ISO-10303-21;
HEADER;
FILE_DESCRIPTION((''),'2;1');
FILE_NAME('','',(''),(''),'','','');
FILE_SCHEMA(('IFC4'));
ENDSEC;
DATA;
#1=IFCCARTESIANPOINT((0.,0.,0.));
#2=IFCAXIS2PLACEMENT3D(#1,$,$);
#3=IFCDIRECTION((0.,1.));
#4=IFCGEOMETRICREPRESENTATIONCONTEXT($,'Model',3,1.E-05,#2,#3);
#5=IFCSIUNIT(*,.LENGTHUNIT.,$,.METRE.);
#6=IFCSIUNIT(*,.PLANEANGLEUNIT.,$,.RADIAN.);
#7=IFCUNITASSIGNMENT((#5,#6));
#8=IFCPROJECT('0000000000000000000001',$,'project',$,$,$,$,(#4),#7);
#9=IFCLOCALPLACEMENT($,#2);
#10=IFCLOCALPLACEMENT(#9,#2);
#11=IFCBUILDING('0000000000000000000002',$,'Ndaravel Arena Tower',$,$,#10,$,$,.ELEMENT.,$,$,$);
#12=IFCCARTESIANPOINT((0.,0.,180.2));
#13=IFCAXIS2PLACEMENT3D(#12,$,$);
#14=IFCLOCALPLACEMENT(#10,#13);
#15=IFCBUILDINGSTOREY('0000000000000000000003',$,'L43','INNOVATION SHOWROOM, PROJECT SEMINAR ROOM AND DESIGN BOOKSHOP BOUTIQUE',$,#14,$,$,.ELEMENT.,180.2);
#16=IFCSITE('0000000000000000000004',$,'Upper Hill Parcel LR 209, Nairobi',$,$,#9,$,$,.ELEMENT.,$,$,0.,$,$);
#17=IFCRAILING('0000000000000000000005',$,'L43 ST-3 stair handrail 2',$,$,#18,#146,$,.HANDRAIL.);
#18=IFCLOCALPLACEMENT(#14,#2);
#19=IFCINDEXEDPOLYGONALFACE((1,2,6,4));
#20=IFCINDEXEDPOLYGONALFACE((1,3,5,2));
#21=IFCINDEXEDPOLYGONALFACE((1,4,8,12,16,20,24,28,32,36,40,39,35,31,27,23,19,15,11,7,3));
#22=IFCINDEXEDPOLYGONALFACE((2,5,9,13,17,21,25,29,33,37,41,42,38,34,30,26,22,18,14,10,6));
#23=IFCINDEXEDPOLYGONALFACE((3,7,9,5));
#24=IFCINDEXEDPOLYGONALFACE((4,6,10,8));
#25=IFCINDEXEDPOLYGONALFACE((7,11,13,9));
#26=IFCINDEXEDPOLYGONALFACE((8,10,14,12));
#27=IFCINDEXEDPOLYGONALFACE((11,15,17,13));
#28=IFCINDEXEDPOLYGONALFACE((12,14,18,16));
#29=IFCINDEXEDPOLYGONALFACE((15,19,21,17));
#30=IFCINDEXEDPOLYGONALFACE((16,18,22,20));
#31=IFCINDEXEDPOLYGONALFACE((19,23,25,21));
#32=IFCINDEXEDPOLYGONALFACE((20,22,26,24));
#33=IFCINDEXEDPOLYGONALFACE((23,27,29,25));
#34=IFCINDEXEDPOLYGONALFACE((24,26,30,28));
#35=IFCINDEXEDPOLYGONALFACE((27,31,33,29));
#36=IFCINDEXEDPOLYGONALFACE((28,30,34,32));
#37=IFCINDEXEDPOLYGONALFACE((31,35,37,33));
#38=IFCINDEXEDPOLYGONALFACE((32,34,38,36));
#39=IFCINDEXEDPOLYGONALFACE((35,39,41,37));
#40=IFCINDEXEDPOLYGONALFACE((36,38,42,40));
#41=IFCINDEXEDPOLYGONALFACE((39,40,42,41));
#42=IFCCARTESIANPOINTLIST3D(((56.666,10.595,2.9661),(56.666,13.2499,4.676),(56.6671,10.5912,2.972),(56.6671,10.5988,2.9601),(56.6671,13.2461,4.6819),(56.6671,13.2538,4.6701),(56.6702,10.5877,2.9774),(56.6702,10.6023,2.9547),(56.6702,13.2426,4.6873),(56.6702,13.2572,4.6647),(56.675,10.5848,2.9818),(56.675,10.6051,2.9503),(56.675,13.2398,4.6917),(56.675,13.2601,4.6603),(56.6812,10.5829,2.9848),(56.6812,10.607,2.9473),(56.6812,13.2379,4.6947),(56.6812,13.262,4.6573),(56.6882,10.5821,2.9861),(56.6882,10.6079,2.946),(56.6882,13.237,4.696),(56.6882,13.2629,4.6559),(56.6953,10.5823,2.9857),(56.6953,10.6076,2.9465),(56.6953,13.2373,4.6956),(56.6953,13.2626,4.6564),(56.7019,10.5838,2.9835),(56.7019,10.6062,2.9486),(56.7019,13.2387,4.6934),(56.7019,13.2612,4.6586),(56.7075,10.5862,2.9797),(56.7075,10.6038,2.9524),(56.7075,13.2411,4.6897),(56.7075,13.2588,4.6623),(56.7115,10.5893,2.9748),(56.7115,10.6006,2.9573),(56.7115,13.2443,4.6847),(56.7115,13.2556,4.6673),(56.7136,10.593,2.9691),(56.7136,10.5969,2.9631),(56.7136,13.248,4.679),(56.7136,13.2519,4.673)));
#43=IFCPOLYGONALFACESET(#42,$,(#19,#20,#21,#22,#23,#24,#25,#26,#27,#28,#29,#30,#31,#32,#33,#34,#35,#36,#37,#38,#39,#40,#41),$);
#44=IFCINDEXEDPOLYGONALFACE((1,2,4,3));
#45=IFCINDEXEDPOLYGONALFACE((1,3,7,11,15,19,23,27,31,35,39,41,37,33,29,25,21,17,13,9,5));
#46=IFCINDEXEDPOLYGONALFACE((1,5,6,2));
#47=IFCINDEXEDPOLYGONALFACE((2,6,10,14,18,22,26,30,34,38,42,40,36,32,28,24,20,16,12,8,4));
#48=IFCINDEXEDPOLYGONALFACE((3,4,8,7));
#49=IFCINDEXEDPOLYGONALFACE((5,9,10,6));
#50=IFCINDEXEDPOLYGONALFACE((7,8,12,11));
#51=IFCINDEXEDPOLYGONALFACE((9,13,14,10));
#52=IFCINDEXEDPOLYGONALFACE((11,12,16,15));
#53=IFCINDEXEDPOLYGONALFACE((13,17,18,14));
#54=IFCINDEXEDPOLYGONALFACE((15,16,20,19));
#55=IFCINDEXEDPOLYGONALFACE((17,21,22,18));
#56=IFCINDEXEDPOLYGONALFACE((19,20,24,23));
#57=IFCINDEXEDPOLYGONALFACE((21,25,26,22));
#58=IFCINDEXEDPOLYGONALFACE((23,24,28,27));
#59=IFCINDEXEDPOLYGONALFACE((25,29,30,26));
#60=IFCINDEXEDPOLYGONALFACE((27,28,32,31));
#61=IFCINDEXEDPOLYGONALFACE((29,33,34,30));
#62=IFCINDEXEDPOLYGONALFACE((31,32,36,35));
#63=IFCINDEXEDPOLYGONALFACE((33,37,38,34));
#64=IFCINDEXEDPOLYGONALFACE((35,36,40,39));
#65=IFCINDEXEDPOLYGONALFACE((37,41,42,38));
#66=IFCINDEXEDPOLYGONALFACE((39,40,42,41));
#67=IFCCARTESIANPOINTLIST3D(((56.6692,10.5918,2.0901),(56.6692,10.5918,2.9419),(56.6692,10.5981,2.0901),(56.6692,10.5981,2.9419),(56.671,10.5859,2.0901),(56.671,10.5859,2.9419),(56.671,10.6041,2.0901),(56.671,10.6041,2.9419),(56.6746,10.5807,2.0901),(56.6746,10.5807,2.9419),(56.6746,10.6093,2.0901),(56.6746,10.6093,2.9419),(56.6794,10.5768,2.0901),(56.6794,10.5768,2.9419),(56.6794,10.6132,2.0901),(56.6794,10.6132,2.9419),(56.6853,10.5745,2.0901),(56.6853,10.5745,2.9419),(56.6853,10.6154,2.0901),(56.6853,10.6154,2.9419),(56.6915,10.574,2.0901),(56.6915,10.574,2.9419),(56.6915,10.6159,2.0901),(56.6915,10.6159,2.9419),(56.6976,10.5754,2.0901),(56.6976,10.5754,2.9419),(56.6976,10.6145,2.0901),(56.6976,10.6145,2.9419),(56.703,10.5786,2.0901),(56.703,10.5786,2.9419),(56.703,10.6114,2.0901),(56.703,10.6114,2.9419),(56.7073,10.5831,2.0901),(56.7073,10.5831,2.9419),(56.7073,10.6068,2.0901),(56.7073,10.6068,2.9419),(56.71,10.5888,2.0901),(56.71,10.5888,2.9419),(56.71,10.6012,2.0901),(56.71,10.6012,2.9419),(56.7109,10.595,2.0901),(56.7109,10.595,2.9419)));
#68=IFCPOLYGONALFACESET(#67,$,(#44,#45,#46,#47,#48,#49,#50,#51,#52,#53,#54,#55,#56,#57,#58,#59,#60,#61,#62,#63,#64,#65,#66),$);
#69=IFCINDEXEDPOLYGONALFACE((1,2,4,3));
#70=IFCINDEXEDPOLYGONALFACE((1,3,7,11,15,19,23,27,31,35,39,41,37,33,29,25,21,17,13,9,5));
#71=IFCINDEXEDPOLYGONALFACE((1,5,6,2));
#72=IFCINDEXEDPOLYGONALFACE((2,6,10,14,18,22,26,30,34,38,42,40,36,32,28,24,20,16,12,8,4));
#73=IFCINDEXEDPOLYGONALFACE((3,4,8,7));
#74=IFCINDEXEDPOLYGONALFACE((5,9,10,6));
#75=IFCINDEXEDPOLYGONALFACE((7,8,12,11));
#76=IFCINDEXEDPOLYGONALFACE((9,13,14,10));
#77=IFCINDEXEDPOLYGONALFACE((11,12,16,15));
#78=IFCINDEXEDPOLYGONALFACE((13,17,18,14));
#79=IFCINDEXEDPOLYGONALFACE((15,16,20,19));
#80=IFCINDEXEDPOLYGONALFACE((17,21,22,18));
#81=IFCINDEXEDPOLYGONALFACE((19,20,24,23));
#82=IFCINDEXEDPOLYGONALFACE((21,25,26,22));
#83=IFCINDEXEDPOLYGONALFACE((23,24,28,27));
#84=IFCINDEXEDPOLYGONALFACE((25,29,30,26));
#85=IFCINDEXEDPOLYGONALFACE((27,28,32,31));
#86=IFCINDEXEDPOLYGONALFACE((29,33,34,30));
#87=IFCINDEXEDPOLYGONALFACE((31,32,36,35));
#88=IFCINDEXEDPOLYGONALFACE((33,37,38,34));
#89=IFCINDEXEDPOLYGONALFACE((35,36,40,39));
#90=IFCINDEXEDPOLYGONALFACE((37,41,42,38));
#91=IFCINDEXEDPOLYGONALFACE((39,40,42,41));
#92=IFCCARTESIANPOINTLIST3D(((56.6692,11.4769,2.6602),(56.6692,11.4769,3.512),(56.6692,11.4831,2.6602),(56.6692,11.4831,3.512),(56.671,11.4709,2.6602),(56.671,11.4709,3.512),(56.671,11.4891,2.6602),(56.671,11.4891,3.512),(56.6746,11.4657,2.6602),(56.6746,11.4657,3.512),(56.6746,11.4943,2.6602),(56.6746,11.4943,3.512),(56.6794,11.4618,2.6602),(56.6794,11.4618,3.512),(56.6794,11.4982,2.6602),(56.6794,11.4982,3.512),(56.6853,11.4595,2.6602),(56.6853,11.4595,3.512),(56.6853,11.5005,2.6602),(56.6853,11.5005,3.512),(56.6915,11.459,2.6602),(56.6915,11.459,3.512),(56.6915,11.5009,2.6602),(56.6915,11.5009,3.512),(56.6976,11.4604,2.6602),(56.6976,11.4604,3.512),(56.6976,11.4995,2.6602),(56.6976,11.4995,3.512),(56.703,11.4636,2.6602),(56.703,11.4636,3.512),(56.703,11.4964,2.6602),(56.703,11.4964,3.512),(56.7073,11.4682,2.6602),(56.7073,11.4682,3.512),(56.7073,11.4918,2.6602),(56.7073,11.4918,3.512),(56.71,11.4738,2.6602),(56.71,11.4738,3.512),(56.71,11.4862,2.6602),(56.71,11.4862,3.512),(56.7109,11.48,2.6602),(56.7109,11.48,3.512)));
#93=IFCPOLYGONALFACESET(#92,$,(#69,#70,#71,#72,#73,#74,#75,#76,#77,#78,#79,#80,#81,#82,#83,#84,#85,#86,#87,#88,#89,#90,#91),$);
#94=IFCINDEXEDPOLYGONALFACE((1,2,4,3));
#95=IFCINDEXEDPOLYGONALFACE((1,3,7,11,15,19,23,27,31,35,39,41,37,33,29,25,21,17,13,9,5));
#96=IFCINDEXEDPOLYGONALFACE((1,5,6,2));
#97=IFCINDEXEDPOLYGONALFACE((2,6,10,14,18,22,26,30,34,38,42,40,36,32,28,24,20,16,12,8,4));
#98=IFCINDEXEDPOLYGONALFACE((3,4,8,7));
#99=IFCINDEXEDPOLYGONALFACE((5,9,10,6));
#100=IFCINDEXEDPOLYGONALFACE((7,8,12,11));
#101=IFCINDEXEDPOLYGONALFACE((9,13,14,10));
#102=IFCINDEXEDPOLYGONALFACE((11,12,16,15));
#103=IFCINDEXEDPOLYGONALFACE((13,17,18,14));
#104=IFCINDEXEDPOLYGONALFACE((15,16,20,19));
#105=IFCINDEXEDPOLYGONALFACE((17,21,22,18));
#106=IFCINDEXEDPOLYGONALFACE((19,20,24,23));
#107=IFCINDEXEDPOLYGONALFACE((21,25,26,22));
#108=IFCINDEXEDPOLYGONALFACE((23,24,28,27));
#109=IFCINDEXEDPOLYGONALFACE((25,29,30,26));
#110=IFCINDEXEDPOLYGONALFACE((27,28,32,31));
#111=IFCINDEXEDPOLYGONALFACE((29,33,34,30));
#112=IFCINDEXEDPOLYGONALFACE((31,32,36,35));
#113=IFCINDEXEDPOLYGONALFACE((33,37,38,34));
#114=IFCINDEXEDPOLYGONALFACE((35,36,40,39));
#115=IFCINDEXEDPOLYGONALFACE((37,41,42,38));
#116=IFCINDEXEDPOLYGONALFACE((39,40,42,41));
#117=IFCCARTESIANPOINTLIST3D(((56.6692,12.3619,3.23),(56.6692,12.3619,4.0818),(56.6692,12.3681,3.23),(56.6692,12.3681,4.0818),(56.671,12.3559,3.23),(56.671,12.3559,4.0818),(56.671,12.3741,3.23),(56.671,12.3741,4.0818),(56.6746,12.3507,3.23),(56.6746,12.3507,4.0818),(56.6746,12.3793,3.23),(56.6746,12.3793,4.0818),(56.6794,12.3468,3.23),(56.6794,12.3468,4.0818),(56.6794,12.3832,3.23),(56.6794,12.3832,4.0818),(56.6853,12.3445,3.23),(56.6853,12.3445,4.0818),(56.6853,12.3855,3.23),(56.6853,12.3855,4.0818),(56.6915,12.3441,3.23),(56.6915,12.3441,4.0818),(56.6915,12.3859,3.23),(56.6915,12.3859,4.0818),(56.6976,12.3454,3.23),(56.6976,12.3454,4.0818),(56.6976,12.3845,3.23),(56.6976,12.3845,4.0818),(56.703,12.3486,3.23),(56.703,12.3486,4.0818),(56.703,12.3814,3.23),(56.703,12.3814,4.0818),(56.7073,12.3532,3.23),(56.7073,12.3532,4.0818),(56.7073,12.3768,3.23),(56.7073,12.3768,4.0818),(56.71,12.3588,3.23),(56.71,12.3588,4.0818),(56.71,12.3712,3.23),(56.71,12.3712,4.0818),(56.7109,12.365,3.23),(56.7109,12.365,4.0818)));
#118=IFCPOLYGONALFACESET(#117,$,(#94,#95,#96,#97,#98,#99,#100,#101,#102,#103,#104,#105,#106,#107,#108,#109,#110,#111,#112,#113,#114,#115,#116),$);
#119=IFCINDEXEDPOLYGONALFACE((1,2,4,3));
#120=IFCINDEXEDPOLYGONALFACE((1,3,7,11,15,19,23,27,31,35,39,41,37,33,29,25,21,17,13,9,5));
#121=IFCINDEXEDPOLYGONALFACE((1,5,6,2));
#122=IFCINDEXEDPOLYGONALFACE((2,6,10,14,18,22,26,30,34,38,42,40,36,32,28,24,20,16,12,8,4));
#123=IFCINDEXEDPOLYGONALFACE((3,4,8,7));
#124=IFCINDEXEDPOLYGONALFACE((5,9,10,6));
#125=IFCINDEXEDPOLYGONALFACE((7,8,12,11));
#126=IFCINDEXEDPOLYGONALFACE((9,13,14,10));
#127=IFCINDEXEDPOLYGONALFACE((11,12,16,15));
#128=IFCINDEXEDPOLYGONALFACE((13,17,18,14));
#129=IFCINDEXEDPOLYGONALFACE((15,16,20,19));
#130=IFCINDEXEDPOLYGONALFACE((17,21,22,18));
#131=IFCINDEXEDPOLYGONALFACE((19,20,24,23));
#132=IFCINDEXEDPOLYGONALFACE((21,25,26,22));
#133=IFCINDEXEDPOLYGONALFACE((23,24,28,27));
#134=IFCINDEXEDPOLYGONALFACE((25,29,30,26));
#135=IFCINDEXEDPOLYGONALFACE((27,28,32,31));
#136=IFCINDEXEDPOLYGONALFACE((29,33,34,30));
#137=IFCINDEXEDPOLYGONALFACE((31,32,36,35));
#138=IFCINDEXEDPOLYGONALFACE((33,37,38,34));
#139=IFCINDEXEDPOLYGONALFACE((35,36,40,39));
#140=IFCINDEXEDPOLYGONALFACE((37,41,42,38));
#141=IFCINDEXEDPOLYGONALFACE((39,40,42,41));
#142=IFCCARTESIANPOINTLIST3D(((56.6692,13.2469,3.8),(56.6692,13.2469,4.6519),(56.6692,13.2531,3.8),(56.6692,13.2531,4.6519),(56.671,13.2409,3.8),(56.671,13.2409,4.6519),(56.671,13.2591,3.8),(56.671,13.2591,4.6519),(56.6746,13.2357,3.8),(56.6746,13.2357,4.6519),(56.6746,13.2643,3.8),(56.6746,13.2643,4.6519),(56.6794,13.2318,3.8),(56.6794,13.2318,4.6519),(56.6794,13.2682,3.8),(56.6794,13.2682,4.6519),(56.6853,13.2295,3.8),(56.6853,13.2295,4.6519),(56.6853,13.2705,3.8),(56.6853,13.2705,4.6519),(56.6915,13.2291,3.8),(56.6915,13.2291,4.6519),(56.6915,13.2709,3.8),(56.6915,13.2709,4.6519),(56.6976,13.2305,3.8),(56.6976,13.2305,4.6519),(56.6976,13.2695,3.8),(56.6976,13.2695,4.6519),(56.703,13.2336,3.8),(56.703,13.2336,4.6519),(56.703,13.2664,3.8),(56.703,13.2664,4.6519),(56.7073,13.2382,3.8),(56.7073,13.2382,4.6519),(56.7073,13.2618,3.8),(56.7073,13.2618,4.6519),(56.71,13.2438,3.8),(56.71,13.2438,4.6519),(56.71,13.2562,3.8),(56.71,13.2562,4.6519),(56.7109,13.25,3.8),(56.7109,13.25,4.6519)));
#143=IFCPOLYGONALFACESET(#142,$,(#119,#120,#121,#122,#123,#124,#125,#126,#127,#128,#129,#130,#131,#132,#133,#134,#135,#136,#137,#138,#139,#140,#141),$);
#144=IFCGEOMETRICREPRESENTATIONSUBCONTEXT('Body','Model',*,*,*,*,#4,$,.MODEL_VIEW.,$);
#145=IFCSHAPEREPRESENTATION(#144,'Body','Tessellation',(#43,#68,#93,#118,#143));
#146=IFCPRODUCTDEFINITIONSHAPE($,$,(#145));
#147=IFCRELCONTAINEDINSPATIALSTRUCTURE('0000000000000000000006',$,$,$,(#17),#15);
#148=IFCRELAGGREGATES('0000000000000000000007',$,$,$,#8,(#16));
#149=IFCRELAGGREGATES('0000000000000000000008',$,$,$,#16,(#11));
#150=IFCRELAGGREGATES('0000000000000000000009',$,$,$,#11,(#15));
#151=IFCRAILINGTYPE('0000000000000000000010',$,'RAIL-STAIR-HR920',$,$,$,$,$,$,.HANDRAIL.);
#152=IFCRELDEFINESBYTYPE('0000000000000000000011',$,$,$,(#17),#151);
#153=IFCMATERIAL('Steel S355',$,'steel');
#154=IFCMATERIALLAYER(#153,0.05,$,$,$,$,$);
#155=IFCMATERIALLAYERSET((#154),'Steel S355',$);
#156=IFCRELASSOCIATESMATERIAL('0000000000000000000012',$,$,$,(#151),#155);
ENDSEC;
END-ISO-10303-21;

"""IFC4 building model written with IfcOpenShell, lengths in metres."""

from ifc_helpers import new_model, si_unit, direction, frame, origin, origin_2d, place, context, subcontext, project, spatial, circle, extrude, material, layer, layer_set, type_object, element, save


model = new_model("IFC4")

# Units and contexts
model_context = context("Model", 3, precision=1e-05, world=origin(), true_north=direction((0.0, 1.0)))
body_context = subcontext(model_context, "Body", "Model", "MODEL_VIEW")
ifc_project = project(units=[si_unit("LENGTHUNIT", "METRE"), si_unit("PLANEANGLEUNIT", "RADIAN")], contexts=[model_context])

# Site, building, storey
site_placement = place(None, origin())
site = spatial("IfcSite", under=ifc_project, at=site_placement, Name="Upper Hill Parcel LR 209, Nairobi", CompositionType="ELEMENT", RefElevation=0.0)
building_placement = place(site_placement, origin())
building = spatial("IfcBuilding", under=site, at=building_placement, Name="Ndaravel Arena Tower", CompositionType="ELEMENT")
storey_placement = place(building_placement, frame((0.0, 0.0, 180.2)))
storey = spatial("IfcBuildingStorey", under=building, at=storey_placement, Name="L43", Description="INNOVATION SHOWROOM, PROJECT SEMINAR ROOM AND DESIGN BOOKSHOP BOUTIQUE", CompositionType="ELEMENT", Elevation=180.2)

# Railing
ifc_material_1 = material(Name="Steel S355", Category="steel")
ifc_layer_1 = layer(ifc_material_1, 0.05)
ifc_layer_set_1 = layer_set([ifc_layer_1], Name="Steel S355")
railing_type_1 = type_object("IfcRailingType", Name="RAIL-STAIR-HR920", PredefinedType="HANDRAIL", material=ifc_layer_set_1)
railing_1_placement = place(storey_placement, frame((56.6899, 10.595, 2.0901)))
element("IfcRailing", 1, at=railing_1_placement, inside=storey, type_object=railing_type_1, Name="L43 ST-3 stair handrail 2", PredefinedType="HANDRAIL", context=body_context, shape_type="SweptSolid", body=[
    extrude(circle(Radius=0.0239, at=origin_2d()), frame((0.0, 0.0, 0.876), z_axis=(0.0, 0.840724, 0.541465), x_axis=(-1.0, 0.0, 0.0)), (0.0, 0.0, 1.0), 3.158),
    extrude(circle(Radius=0.021, at=origin_2d()), origin(), (0.0, 0.0, 1.0), 0.8518),
    extrude(circle(Radius=0.021, at=origin_2d()), frame((0.0, 0.885, 0.5701)), (0.0, 0.0, 1.0), 0.8518),
    extrude(circle(Radius=0.021, at=origin_2d()), frame((0.0, 1.77, 1.1399)), (0.0, 0.0, 1.0), 0.8518),
    extrude(circle(Radius=0.021, at=origin_2d()), frame((0.0, 2.655, 1.71)), (0.0, 0.0, 1.0), 0.8518),
])

save(model, "model.ifc")
